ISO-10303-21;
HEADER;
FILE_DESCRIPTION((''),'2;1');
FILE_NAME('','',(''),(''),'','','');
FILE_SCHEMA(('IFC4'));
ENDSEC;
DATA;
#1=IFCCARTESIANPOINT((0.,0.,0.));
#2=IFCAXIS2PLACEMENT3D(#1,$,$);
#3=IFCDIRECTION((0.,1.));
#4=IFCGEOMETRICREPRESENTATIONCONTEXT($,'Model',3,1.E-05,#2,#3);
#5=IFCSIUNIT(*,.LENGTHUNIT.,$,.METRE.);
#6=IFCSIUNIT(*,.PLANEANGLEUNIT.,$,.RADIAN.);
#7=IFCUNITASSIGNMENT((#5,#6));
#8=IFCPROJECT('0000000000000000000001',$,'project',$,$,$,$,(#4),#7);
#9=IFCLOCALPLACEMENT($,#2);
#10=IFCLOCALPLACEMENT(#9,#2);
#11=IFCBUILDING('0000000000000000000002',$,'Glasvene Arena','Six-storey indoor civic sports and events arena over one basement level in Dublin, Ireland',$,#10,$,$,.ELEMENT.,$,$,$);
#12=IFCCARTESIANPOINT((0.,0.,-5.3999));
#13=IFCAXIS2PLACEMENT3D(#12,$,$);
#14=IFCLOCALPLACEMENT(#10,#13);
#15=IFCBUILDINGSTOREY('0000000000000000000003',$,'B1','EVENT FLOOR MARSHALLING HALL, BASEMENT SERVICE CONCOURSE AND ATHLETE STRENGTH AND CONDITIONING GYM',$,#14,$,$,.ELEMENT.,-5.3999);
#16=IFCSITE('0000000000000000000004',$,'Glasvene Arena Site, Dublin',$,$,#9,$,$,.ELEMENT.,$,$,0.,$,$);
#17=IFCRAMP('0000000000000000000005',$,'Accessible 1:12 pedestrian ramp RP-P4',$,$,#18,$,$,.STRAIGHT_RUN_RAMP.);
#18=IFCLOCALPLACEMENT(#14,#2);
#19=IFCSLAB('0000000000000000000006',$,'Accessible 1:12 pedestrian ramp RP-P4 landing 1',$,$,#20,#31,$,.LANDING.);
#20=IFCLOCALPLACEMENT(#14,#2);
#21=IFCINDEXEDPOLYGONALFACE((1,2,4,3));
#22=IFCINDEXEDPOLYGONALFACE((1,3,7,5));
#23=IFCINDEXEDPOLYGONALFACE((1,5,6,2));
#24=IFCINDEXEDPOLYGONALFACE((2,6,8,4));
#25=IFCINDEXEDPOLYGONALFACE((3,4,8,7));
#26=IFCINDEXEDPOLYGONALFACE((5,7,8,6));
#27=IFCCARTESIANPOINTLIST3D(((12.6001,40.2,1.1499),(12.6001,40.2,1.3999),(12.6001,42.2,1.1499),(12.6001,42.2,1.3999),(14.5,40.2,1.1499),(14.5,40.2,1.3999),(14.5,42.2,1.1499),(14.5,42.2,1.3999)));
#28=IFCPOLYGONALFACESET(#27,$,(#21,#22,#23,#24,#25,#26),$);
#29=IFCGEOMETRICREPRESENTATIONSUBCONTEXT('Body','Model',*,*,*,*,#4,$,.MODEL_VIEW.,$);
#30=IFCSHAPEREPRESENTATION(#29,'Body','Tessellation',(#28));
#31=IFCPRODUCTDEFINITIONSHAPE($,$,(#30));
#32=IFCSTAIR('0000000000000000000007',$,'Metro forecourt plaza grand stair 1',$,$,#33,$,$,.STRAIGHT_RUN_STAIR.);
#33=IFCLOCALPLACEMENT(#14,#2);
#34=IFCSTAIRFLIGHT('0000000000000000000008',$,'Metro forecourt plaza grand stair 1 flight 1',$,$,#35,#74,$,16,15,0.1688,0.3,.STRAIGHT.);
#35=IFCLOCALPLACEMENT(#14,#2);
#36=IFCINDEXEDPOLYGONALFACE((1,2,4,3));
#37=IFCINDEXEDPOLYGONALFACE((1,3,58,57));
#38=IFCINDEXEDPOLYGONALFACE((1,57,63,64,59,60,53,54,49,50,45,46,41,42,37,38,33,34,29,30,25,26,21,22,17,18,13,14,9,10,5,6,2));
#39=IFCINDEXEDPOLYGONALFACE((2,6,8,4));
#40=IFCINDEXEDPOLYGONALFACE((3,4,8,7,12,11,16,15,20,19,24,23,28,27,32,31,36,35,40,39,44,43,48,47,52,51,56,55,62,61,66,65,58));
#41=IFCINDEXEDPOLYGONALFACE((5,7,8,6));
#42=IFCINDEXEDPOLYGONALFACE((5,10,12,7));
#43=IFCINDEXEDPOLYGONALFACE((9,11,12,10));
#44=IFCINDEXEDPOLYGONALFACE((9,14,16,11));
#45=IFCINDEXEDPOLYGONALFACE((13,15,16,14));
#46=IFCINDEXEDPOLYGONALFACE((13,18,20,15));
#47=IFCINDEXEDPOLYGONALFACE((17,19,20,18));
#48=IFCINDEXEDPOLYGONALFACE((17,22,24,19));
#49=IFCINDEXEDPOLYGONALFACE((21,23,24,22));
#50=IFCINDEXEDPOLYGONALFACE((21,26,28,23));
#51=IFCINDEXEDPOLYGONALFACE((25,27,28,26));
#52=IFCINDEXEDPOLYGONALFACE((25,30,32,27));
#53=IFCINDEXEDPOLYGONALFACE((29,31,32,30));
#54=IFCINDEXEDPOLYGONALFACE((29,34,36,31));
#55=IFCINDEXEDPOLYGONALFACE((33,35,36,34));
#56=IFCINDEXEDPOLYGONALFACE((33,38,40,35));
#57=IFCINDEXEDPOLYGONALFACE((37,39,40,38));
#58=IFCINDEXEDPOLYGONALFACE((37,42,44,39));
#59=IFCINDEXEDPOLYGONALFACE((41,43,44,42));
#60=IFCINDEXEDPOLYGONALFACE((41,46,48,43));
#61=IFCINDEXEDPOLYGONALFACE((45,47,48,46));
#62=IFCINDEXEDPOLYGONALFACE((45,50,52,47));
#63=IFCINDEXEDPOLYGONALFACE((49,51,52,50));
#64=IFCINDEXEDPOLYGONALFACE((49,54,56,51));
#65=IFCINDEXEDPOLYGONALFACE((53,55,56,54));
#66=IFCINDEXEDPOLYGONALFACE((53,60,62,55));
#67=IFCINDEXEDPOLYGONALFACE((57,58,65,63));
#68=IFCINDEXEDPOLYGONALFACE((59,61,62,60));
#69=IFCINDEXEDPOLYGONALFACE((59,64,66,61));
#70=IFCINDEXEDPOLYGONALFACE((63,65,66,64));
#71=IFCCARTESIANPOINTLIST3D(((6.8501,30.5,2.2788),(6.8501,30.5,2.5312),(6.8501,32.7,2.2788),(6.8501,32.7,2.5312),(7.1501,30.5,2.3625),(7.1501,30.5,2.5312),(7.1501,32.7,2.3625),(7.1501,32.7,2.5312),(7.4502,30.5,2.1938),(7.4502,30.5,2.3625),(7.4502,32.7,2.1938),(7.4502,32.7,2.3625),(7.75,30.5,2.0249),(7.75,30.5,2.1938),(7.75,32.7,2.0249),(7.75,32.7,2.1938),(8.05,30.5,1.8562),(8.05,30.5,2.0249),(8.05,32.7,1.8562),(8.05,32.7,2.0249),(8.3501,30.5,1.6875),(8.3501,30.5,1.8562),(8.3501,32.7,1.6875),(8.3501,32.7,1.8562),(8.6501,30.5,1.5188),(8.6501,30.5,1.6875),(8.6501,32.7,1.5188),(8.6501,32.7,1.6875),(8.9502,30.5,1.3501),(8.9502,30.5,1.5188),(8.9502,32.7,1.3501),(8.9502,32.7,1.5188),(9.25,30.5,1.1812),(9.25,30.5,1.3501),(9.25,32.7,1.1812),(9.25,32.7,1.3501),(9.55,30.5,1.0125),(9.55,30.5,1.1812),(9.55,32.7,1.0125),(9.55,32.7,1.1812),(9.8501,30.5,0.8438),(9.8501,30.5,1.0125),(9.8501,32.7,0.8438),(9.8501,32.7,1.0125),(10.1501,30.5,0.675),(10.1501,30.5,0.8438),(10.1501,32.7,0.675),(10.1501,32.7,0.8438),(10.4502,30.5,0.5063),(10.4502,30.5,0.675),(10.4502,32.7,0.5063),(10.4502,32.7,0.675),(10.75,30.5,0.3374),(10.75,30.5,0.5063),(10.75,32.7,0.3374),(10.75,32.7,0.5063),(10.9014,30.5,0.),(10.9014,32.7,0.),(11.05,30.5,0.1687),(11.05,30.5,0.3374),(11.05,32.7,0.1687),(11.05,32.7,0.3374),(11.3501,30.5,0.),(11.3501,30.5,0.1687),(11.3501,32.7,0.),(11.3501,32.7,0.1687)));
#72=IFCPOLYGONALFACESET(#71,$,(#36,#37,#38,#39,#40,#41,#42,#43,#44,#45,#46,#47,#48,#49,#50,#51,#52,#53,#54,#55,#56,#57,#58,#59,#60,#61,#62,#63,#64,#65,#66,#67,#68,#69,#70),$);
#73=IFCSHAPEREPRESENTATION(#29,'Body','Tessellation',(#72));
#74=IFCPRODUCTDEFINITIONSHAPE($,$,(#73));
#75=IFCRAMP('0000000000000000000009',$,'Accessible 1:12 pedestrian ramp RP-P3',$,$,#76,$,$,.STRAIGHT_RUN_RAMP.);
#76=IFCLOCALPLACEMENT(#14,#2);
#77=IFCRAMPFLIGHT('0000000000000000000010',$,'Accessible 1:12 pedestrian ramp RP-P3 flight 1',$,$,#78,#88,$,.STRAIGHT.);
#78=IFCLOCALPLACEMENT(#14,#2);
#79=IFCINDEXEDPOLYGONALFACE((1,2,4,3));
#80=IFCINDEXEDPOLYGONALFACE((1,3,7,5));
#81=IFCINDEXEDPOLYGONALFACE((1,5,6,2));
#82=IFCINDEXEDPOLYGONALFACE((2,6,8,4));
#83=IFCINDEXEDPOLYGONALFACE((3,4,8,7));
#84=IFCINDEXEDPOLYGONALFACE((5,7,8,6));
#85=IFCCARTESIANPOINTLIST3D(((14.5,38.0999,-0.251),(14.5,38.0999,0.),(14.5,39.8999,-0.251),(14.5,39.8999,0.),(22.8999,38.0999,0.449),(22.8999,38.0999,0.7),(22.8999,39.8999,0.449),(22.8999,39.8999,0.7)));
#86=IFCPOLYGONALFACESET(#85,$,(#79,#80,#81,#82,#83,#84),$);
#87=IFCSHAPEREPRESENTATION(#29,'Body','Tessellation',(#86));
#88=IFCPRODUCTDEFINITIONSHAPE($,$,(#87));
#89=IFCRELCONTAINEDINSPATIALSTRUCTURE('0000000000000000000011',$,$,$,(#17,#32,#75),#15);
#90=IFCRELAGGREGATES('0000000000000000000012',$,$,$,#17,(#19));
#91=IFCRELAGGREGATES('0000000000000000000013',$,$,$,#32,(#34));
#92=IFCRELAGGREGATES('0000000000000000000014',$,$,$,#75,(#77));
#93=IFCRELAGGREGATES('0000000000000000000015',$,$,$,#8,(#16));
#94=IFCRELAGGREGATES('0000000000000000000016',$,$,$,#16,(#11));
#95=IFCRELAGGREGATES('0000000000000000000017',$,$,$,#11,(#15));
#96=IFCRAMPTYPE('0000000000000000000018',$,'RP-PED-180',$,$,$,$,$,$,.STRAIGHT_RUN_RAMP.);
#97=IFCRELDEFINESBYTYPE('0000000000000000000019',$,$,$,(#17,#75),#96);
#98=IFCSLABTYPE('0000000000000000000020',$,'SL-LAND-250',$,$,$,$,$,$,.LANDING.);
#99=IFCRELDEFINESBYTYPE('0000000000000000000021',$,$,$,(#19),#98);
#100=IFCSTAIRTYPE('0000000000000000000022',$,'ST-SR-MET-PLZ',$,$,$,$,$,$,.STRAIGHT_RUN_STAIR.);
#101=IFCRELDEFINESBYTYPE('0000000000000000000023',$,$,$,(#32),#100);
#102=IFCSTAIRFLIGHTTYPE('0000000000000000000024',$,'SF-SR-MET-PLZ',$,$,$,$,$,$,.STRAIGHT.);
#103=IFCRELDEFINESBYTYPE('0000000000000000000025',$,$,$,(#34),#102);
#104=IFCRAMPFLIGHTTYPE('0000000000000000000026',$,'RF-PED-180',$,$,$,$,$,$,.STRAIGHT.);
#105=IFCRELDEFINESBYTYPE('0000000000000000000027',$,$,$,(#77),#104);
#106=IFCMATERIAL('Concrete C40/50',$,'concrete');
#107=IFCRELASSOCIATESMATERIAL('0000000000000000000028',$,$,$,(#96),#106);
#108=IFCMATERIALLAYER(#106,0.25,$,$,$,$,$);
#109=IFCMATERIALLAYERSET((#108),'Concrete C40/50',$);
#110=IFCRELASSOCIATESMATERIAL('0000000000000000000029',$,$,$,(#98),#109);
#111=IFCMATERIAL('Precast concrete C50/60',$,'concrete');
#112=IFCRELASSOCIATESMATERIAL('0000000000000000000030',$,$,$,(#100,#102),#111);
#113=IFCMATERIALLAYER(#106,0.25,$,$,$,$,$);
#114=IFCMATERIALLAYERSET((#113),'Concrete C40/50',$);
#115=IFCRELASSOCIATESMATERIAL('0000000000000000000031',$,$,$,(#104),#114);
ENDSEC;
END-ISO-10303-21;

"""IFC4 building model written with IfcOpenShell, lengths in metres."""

from ifc_helpers import new_model, si_unit, direction, frame, origin, place, context, subcontext, project, spatial, polyline, outline, extrude, material, layer, layer_set, type_object, element, aggregate, save


model = new_model("IFC4")

# Units and contexts
model_context = context("Model", 3, precision=1e-05, world=origin(), true_north=direction((0.0, 1.0)))
body_context = subcontext(model_context, "Body", "Model", "MODEL_VIEW")
ifc_project = project(units=[si_unit("LENGTHUNIT", "METRE"), si_unit("PLANEANGLEUNIT", "RADIAN")], contexts=[model_context])

# Site, building, storey
site_placement = place(None, origin())
site = spatial("IfcSite", under=ifc_project, at=site_placement, Name="Glasvene Arena Site, Dublin", CompositionType="ELEMENT", RefElevation=0.0)
building_placement = place(site_placement, origin())
building = spatial("IfcBuilding", under=site, at=building_placement, Name="Glasvene Arena", Description="Six-storey indoor civic sports and events arena over one basement level in Dublin, Ireland", CompositionType="ELEMENT")
storey_placement = place(building_placement, frame((0.0, 0.0, -5.3999)))
storey = spatial("IfcBuildingStorey", under=building, at=storey_placement, Name="B1", Description="EVENT FLOOR MARSHALLING HALL, BASEMENT SERVICE CONCOURSE AND ATHLETE STRENGTH AND CONDITIONING GYM", CompositionType="ELEMENT", Elevation=-5.3999)

# Shared definitions
ifc_material_1 = material(Name="Concrete C40/50", Category="concrete")

# Ramp, slab
ramp_type = type_object("IfcRampType", Name="RP-PED-180", PredefinedType="STRAIGHT_RUN_RAMP", material=ifc_material_1)
ramp_1_placement = place(storey_placement, origin())
ramp_1 = element("IfcRamp", 1, at=ramp_1_placement, inside=storey, type_object=ramp_type, Name="Accessible 1:12 pedestrian ramp RP-P4", PredefinedType="STRAIGHT_RUN_RAMP")
ifc_layer_1 = layer(ifc_material_1, 0.25)
ifc_layer_set_1 = layer_set([ifc_layer_1], Name="Concrete C40/50")
slab_type_1 = type_object("IfcSlabType", Name="SL-LAND-250", PredefinedType="LANDING", material=ifc_layer_set_1)
slab_1_placement = place(storey_placement, frame((13.55, 41.2, 1.1499)))
slab_1 = element("IfcSlab", 2, at=slab_1_placement, type_object=slab_type_1, Name="Accessible 1:12 pedestrian ramp RP-P4 landing 1", PredefinedType="LANDING", context=body_context, shape_type="SweptSolid", body=[
    extrude(outline(polyline([(-0.95, -1.0), (0.95, -1.0), (0.95, 1.0), (-0.95, 1.0), (-0.95, -1.0)])), origin(), (0.0, 0.0, 1.0), 0.25),
])
aggregate(ramp_1, [slab_1])

# Stair, stair flight
ifc_material_2 = material(Name="Precast concrete C50/60", Category="concrete")
stair_type = type_object("IfcStairType", Name="ST-SR-MET-PLZ", PredefinedType="STRAIGHT_RUN_STAIR", material=ifc_material_2)
stair_placement = place(storey_placement, origin())
stair = element("IfcStair", 3, at=stair_placement, inside=storey, type_object=stair_type, Name="Metro forecourt plaza grand stair 1", PredefinedType="STRAIGHT_RUN_STAIR")
stair_flight_type = type_object("IfcStairFlightType", Name="SF-SR-MET-PLZ", PredefinedType="STRAIGHT", material=ifc_material_2)
stair_flight_placement = place(storey_placement, frame((11.3501, 31.6001, 0.0), z_axis=(0.0, 0.0, 1.0), x_axis=(-1.0, 0.0, 0.0)))
stair_flight = element("IfcStairFlight", 4, at=stair_flight_placement, type_object=stair_flight_type, Name="Metro forecourt plaza grand stair 1 flight 1", NumberOfRisers=16, NumberOfTreads=15, PredefinedType="STRAIGHT", RiserHeight=0.1688, TreadLength=0.3, context=body_context, shape_type="SweptSolid", body=[
    extrude(outline(polyline([(0.0, 0.0), (0.0, 0.1687), (0.3, 0.1687), (0.3, 0.3374), (0.6001, 0.3374), (0.6001, 0.5063), (0.8999, 0.5063), (0.8999, 0.675), (1.2, 0.675), (1.2, 0.8438), (1.5, 0.8438), (1.5, 1.0125), (1.8, 1.0125), (1.8, 1.1812), (2.1001, 1.1812), (2.1001, 1.3501), (2.3999, 1.3501), (2.3999, 1.5188), (2.7, 1.5188), (2.7, 1.6875), (3.0, 1.6875), (3.0, 1.8562), (3.3, 1.8562), (3.3, 2.0249), (3.6001, 2.0249), (3.6001, 2.1938), (3.8999, 2.1938), (3.8999, 2.3625), (4.2, 2.3625), (4.2, 2.5312), (4.5, 2.5312), (4.5, 2.7), (4.5, 2.2788), (0.4487, 0.0), (0.0, 0.0)])), frame((0.0, 1.1001, 0.0), z_axis=(0.0, -1.0, 0.0), x_axis=(1.0, 0.0, 0.0)), (0.0, 0.0, 1.0), 2.2),
])
aggregate(stair, [stair_flight])

# Ramp, ramp flight
ramp_2_placement = place(storey_placement, origin())
ramp_2 = element("IfcRamp", 5, at=ramp_2_placement, inside=storey, type_object=ramp_type, Name="Accessible 1:12 pedestrian ramp RP-P3", PredefinedType="STRAIGHT_RUN_RAMP")
ifc_layer_2 = layer(ifc_material_1, 0.25)
ifc_layer_set_2 = layer_set([ifc_layer_2], Name="Concrete C40/50")
ramp_flight_type = type_object("IfcRampFlightType", Name="RF-PED-180", PredefinedType="STRAIGHT", material=ifc_layer_set_2)
ramp_flight_placement = place(storey_placement, frame((14.5, 39.0, 0.0), z_axis=(0.0, 0.0, 1.0), x_axis=(1.0, 0.0, 0.0)))
ramp_flight = element("IfcRampFlight", 6, at=ramp_flight_placement, type_object=ramp_flight_type, Name="Accessible 1:12 pedestrian ramp RP-P3 flight 1", PredefinedType="STRAIGHT", context=body_context, shape_type="SweptSolid", body=[
    extrude(outline(polyline([(0.0, -0.251), (8.3999, 0.449), (8.3999, 0.7), (0.0, 0.0), (0.0, -0.251)])), frame((0.0, 0.8999, 0.0), z_axis=(0.0, -1.0, 0.0), x_axis=(1.0, 0.0, 0.0)), (0.0, 0.0, 1.0), 1.8),
])
aggregate(ramp_2, [ramp_flight])

save(model, "model.ifc")
